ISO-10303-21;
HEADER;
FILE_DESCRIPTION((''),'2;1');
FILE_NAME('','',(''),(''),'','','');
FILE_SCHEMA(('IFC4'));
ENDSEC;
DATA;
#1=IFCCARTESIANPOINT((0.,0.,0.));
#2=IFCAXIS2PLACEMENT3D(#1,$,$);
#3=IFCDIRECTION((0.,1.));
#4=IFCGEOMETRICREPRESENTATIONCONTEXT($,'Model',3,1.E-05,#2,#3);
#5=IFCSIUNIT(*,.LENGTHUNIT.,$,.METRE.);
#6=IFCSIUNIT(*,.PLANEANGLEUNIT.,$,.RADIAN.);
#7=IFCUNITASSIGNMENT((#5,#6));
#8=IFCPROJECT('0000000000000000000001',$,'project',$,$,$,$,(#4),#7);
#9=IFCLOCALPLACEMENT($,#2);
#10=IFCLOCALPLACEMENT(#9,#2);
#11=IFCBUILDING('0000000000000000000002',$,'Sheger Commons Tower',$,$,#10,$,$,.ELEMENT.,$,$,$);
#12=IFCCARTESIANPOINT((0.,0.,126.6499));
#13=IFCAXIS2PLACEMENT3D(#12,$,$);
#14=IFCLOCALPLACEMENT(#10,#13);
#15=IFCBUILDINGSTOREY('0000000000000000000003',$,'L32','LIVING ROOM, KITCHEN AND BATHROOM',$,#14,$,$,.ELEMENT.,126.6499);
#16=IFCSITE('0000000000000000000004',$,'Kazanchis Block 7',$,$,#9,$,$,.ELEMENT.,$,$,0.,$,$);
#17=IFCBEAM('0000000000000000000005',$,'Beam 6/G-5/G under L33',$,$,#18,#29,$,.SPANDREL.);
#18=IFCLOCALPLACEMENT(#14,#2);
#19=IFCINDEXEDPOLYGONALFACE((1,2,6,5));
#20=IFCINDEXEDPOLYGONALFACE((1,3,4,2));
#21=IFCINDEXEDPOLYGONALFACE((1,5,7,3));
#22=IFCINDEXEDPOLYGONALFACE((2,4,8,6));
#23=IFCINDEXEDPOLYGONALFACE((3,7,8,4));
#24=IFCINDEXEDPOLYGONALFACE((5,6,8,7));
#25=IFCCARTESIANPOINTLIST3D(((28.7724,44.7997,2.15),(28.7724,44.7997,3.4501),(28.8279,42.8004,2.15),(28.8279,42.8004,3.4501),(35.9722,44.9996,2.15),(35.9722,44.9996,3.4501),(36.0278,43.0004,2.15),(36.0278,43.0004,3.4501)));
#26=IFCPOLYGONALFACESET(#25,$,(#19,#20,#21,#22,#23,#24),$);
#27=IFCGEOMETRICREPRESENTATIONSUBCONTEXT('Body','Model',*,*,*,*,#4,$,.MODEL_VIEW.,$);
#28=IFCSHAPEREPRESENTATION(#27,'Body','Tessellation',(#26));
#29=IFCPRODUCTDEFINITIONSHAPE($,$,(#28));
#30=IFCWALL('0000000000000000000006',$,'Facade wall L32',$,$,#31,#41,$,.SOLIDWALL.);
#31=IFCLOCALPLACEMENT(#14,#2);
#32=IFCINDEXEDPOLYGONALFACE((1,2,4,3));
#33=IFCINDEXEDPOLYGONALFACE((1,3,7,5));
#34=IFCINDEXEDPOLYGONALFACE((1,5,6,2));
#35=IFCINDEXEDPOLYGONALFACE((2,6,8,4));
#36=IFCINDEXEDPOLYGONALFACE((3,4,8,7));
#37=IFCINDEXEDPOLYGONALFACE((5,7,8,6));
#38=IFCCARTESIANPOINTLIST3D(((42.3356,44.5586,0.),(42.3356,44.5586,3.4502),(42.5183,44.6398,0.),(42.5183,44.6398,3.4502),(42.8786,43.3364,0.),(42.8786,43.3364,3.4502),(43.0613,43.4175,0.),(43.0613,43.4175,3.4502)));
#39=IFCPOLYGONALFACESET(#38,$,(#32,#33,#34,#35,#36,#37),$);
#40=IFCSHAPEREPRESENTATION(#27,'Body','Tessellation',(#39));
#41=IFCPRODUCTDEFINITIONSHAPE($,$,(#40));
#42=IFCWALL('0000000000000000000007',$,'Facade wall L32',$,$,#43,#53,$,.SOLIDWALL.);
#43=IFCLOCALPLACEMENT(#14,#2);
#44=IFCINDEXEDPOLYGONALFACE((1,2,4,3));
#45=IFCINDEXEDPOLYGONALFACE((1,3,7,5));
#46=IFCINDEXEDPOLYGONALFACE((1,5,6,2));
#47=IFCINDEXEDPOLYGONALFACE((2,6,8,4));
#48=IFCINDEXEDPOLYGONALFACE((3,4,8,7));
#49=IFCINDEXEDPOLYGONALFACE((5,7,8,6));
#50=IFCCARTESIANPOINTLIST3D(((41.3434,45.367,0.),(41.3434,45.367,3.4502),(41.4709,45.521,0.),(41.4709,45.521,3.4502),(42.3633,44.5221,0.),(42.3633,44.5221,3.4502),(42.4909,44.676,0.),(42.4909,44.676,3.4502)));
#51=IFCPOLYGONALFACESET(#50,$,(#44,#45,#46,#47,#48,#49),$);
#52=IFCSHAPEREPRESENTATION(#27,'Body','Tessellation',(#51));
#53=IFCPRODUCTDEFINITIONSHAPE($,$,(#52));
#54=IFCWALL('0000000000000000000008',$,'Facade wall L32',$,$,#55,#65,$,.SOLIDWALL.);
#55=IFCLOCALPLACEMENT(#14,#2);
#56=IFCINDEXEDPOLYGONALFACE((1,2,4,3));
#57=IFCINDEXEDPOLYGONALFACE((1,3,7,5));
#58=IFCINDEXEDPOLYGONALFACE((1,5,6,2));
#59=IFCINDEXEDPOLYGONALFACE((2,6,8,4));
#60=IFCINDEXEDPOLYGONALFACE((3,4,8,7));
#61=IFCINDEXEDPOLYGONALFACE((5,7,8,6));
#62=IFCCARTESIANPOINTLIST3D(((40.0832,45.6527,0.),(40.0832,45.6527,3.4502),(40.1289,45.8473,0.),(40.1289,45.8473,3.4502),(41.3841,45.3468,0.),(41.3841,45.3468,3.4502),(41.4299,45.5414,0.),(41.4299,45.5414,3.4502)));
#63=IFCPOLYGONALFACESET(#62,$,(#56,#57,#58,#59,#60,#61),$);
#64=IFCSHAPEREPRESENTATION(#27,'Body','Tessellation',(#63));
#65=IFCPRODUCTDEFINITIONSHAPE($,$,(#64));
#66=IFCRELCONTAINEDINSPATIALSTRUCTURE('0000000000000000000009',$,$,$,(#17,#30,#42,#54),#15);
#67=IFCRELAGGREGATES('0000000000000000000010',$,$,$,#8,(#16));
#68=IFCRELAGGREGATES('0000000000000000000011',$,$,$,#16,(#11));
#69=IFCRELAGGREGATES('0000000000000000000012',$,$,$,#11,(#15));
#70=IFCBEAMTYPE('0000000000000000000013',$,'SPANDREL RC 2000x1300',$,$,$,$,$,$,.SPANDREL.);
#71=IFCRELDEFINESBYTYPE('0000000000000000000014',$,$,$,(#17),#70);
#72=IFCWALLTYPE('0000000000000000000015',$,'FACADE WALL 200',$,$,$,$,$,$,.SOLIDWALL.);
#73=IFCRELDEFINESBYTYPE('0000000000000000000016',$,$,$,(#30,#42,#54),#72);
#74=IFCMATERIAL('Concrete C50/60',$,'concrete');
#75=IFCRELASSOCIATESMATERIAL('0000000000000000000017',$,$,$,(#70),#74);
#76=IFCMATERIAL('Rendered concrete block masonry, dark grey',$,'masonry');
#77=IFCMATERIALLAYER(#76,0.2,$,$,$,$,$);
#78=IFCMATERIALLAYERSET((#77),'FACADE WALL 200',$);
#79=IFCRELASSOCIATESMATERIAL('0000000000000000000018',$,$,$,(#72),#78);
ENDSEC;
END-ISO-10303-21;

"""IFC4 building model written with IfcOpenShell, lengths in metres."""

from ifc_helpers import new_model, si_unit, direction, frame, frame_2d, origin, origin_2d, place, context, subcontext, project, spatial, rectangle, extrude, material, layer, layer_set, material_profile, profile_set, type_object, element, save


model = new_model("IFC4")

# Units and contexts
model_context = context("Model", 3, precision=1e-05, world=origin(), true_north=direction((0.0, 1.0)))
body_context = subcontext(model_context, "Body", "Model", "MODEL_VIEW")
ifc_project = project(units=[si_unit("LENGTHUNIT", "METRE"), si_unit("PLANEANGLEUNIT", "RADIAN")], contexts=[model_context])

# Site, building, storey
site_placement = place(None, origin())
site = spatial("IfcSite", under=ifc_project, at=site_placement, Name="Kazanchis Block 7", CompositionType="ELEMENT", RefElevation=0.0)
building_placement = place(site_placement, origin())
building = spatial("IfcBuilding", under=site, at=building_placement, Name="Sheger Commons Tower", CompositionType="ELEMENT")
storey_placement = place(building_placement, frame((0.0, 0.0, 126.6499)))
storey = spatial("IfcBuildingStorey", under=building, at=storey_placement, Name="L32", Description="LIVING ROOM, KITCHEN AND BATHROOM", CompositionType="ELEMENT", Elevation=126.6499)

# Beam
ifc_material_1 = material(Name="Concrete C50/60", Category="concrete")
ifc_material_profile = material_profile(ifc_material_1, rectangle(XDim=2.0, YDim=1.3, at=origin_2d()), Name="RC 2000x1300")
ifc_profile_set = profile_set([ifc_material_profile], Name="Concrete C50/60")
beam_type = type_object("IfcBeamType", Name="SPANDREL RC 2000x1300", PredefinedType="SPANDREL", material=ifc_profile_set)
beam_placement = place(storey_placement, frame((36.0, 44.0, 2.8), z_axis=(-0.999615, -0.02776, 0.0), x_axis=(0.02776, -0.999615, 0.0)))
element("IfcBeam", 1, at=beam_placement, inside=storey, type_object=beam_type, Name="Beam 6/G-5/G under L33", PredefinedType="SPANDREL", context=body_context, shape_type="SweptSolid", body=[
    extrude(rectangle(XDim=2.0, YDim=1.3, at=origin_2d()), origin(), (0.0, 0.0, 1.0), 7.2026),
])

# Walls
ifc_material_2 = material(Name="Rendered concrete block masonry, dark grey", Category="masonry")
ifc_layer_1 = layer(ifc_material_2, 0.2)
ifc_layer_set_1 = layer_set([ifc_layer_1], Name="FACADE WALL 200")
wall_type_1 = type_object("IfcWallType", Name="FACADE WALL 200", PredefinedType="SOLIDWALL", material=ifc_layer_set_1)
wall_1_placement = place(storey_placement, frame((42.97, 43.377, 0.0), z_axis=(0.0, 0.0, 1.0), x_axis=(-0.406003, 0.913872, 0.0)))
element("IfcWall", 2, at=wall_1_placement, inside=storey, type_object=wall_type_1, Name="Facade wall L32", PredefinedType="SOLIDWALL", context=body_context, shape_type="SweptSolid", body=[
    extrude(rectangle(XDim=1.3374, YDim=0.2, at=frame_2d((0.6687, 0.0))), origin(), (0.0, 0.0, 1.0), 3.4502),
])
wall_2_placement = place(storey_placement, frame((42.427, 44.5991, 0.0), z_axis=(0.0, 0.0, 1.0), x_axis=(-0.770091, 0.637934, 0.0)))
element("IfcWall", 3, at=wall_2_placement, inside=storey, type_object=wall_type_1, Name="Facade wall L32", PredefinedType="SOLIDWALL", context=body_context, shape_type="SweptSolid", body=[
    extrude(rectangle(XDim=1.3245, YDim=0.2, at=frame_2d((0.6621, 0.0))), origin(), (0.0, 0.0, 1.0), 3.4502),
])
wall_3_placement = place(storey_placement, frame((41.407, 45.4441, 0.0), z_axis=(0.0, 0.0, 1.0), x_axis=(-0.973453, 0.228887, 0.0)))
element("IfcWall", 4, at=wall_3_placement, inside=storey, type_object=wall_type_1, Name="Facade wall L32", PredefinedType="SOLIDWALL", context=body_context, shape_type="SweptSolid", body=[
    extrude(rectangle(XDim=1.3364, YDim=0.2, at=frame_2d((0.6682, 0.0))), origin(), (0.0, 0.0, 1.0), 3.4502),
])

save(model, "model.ifc")
